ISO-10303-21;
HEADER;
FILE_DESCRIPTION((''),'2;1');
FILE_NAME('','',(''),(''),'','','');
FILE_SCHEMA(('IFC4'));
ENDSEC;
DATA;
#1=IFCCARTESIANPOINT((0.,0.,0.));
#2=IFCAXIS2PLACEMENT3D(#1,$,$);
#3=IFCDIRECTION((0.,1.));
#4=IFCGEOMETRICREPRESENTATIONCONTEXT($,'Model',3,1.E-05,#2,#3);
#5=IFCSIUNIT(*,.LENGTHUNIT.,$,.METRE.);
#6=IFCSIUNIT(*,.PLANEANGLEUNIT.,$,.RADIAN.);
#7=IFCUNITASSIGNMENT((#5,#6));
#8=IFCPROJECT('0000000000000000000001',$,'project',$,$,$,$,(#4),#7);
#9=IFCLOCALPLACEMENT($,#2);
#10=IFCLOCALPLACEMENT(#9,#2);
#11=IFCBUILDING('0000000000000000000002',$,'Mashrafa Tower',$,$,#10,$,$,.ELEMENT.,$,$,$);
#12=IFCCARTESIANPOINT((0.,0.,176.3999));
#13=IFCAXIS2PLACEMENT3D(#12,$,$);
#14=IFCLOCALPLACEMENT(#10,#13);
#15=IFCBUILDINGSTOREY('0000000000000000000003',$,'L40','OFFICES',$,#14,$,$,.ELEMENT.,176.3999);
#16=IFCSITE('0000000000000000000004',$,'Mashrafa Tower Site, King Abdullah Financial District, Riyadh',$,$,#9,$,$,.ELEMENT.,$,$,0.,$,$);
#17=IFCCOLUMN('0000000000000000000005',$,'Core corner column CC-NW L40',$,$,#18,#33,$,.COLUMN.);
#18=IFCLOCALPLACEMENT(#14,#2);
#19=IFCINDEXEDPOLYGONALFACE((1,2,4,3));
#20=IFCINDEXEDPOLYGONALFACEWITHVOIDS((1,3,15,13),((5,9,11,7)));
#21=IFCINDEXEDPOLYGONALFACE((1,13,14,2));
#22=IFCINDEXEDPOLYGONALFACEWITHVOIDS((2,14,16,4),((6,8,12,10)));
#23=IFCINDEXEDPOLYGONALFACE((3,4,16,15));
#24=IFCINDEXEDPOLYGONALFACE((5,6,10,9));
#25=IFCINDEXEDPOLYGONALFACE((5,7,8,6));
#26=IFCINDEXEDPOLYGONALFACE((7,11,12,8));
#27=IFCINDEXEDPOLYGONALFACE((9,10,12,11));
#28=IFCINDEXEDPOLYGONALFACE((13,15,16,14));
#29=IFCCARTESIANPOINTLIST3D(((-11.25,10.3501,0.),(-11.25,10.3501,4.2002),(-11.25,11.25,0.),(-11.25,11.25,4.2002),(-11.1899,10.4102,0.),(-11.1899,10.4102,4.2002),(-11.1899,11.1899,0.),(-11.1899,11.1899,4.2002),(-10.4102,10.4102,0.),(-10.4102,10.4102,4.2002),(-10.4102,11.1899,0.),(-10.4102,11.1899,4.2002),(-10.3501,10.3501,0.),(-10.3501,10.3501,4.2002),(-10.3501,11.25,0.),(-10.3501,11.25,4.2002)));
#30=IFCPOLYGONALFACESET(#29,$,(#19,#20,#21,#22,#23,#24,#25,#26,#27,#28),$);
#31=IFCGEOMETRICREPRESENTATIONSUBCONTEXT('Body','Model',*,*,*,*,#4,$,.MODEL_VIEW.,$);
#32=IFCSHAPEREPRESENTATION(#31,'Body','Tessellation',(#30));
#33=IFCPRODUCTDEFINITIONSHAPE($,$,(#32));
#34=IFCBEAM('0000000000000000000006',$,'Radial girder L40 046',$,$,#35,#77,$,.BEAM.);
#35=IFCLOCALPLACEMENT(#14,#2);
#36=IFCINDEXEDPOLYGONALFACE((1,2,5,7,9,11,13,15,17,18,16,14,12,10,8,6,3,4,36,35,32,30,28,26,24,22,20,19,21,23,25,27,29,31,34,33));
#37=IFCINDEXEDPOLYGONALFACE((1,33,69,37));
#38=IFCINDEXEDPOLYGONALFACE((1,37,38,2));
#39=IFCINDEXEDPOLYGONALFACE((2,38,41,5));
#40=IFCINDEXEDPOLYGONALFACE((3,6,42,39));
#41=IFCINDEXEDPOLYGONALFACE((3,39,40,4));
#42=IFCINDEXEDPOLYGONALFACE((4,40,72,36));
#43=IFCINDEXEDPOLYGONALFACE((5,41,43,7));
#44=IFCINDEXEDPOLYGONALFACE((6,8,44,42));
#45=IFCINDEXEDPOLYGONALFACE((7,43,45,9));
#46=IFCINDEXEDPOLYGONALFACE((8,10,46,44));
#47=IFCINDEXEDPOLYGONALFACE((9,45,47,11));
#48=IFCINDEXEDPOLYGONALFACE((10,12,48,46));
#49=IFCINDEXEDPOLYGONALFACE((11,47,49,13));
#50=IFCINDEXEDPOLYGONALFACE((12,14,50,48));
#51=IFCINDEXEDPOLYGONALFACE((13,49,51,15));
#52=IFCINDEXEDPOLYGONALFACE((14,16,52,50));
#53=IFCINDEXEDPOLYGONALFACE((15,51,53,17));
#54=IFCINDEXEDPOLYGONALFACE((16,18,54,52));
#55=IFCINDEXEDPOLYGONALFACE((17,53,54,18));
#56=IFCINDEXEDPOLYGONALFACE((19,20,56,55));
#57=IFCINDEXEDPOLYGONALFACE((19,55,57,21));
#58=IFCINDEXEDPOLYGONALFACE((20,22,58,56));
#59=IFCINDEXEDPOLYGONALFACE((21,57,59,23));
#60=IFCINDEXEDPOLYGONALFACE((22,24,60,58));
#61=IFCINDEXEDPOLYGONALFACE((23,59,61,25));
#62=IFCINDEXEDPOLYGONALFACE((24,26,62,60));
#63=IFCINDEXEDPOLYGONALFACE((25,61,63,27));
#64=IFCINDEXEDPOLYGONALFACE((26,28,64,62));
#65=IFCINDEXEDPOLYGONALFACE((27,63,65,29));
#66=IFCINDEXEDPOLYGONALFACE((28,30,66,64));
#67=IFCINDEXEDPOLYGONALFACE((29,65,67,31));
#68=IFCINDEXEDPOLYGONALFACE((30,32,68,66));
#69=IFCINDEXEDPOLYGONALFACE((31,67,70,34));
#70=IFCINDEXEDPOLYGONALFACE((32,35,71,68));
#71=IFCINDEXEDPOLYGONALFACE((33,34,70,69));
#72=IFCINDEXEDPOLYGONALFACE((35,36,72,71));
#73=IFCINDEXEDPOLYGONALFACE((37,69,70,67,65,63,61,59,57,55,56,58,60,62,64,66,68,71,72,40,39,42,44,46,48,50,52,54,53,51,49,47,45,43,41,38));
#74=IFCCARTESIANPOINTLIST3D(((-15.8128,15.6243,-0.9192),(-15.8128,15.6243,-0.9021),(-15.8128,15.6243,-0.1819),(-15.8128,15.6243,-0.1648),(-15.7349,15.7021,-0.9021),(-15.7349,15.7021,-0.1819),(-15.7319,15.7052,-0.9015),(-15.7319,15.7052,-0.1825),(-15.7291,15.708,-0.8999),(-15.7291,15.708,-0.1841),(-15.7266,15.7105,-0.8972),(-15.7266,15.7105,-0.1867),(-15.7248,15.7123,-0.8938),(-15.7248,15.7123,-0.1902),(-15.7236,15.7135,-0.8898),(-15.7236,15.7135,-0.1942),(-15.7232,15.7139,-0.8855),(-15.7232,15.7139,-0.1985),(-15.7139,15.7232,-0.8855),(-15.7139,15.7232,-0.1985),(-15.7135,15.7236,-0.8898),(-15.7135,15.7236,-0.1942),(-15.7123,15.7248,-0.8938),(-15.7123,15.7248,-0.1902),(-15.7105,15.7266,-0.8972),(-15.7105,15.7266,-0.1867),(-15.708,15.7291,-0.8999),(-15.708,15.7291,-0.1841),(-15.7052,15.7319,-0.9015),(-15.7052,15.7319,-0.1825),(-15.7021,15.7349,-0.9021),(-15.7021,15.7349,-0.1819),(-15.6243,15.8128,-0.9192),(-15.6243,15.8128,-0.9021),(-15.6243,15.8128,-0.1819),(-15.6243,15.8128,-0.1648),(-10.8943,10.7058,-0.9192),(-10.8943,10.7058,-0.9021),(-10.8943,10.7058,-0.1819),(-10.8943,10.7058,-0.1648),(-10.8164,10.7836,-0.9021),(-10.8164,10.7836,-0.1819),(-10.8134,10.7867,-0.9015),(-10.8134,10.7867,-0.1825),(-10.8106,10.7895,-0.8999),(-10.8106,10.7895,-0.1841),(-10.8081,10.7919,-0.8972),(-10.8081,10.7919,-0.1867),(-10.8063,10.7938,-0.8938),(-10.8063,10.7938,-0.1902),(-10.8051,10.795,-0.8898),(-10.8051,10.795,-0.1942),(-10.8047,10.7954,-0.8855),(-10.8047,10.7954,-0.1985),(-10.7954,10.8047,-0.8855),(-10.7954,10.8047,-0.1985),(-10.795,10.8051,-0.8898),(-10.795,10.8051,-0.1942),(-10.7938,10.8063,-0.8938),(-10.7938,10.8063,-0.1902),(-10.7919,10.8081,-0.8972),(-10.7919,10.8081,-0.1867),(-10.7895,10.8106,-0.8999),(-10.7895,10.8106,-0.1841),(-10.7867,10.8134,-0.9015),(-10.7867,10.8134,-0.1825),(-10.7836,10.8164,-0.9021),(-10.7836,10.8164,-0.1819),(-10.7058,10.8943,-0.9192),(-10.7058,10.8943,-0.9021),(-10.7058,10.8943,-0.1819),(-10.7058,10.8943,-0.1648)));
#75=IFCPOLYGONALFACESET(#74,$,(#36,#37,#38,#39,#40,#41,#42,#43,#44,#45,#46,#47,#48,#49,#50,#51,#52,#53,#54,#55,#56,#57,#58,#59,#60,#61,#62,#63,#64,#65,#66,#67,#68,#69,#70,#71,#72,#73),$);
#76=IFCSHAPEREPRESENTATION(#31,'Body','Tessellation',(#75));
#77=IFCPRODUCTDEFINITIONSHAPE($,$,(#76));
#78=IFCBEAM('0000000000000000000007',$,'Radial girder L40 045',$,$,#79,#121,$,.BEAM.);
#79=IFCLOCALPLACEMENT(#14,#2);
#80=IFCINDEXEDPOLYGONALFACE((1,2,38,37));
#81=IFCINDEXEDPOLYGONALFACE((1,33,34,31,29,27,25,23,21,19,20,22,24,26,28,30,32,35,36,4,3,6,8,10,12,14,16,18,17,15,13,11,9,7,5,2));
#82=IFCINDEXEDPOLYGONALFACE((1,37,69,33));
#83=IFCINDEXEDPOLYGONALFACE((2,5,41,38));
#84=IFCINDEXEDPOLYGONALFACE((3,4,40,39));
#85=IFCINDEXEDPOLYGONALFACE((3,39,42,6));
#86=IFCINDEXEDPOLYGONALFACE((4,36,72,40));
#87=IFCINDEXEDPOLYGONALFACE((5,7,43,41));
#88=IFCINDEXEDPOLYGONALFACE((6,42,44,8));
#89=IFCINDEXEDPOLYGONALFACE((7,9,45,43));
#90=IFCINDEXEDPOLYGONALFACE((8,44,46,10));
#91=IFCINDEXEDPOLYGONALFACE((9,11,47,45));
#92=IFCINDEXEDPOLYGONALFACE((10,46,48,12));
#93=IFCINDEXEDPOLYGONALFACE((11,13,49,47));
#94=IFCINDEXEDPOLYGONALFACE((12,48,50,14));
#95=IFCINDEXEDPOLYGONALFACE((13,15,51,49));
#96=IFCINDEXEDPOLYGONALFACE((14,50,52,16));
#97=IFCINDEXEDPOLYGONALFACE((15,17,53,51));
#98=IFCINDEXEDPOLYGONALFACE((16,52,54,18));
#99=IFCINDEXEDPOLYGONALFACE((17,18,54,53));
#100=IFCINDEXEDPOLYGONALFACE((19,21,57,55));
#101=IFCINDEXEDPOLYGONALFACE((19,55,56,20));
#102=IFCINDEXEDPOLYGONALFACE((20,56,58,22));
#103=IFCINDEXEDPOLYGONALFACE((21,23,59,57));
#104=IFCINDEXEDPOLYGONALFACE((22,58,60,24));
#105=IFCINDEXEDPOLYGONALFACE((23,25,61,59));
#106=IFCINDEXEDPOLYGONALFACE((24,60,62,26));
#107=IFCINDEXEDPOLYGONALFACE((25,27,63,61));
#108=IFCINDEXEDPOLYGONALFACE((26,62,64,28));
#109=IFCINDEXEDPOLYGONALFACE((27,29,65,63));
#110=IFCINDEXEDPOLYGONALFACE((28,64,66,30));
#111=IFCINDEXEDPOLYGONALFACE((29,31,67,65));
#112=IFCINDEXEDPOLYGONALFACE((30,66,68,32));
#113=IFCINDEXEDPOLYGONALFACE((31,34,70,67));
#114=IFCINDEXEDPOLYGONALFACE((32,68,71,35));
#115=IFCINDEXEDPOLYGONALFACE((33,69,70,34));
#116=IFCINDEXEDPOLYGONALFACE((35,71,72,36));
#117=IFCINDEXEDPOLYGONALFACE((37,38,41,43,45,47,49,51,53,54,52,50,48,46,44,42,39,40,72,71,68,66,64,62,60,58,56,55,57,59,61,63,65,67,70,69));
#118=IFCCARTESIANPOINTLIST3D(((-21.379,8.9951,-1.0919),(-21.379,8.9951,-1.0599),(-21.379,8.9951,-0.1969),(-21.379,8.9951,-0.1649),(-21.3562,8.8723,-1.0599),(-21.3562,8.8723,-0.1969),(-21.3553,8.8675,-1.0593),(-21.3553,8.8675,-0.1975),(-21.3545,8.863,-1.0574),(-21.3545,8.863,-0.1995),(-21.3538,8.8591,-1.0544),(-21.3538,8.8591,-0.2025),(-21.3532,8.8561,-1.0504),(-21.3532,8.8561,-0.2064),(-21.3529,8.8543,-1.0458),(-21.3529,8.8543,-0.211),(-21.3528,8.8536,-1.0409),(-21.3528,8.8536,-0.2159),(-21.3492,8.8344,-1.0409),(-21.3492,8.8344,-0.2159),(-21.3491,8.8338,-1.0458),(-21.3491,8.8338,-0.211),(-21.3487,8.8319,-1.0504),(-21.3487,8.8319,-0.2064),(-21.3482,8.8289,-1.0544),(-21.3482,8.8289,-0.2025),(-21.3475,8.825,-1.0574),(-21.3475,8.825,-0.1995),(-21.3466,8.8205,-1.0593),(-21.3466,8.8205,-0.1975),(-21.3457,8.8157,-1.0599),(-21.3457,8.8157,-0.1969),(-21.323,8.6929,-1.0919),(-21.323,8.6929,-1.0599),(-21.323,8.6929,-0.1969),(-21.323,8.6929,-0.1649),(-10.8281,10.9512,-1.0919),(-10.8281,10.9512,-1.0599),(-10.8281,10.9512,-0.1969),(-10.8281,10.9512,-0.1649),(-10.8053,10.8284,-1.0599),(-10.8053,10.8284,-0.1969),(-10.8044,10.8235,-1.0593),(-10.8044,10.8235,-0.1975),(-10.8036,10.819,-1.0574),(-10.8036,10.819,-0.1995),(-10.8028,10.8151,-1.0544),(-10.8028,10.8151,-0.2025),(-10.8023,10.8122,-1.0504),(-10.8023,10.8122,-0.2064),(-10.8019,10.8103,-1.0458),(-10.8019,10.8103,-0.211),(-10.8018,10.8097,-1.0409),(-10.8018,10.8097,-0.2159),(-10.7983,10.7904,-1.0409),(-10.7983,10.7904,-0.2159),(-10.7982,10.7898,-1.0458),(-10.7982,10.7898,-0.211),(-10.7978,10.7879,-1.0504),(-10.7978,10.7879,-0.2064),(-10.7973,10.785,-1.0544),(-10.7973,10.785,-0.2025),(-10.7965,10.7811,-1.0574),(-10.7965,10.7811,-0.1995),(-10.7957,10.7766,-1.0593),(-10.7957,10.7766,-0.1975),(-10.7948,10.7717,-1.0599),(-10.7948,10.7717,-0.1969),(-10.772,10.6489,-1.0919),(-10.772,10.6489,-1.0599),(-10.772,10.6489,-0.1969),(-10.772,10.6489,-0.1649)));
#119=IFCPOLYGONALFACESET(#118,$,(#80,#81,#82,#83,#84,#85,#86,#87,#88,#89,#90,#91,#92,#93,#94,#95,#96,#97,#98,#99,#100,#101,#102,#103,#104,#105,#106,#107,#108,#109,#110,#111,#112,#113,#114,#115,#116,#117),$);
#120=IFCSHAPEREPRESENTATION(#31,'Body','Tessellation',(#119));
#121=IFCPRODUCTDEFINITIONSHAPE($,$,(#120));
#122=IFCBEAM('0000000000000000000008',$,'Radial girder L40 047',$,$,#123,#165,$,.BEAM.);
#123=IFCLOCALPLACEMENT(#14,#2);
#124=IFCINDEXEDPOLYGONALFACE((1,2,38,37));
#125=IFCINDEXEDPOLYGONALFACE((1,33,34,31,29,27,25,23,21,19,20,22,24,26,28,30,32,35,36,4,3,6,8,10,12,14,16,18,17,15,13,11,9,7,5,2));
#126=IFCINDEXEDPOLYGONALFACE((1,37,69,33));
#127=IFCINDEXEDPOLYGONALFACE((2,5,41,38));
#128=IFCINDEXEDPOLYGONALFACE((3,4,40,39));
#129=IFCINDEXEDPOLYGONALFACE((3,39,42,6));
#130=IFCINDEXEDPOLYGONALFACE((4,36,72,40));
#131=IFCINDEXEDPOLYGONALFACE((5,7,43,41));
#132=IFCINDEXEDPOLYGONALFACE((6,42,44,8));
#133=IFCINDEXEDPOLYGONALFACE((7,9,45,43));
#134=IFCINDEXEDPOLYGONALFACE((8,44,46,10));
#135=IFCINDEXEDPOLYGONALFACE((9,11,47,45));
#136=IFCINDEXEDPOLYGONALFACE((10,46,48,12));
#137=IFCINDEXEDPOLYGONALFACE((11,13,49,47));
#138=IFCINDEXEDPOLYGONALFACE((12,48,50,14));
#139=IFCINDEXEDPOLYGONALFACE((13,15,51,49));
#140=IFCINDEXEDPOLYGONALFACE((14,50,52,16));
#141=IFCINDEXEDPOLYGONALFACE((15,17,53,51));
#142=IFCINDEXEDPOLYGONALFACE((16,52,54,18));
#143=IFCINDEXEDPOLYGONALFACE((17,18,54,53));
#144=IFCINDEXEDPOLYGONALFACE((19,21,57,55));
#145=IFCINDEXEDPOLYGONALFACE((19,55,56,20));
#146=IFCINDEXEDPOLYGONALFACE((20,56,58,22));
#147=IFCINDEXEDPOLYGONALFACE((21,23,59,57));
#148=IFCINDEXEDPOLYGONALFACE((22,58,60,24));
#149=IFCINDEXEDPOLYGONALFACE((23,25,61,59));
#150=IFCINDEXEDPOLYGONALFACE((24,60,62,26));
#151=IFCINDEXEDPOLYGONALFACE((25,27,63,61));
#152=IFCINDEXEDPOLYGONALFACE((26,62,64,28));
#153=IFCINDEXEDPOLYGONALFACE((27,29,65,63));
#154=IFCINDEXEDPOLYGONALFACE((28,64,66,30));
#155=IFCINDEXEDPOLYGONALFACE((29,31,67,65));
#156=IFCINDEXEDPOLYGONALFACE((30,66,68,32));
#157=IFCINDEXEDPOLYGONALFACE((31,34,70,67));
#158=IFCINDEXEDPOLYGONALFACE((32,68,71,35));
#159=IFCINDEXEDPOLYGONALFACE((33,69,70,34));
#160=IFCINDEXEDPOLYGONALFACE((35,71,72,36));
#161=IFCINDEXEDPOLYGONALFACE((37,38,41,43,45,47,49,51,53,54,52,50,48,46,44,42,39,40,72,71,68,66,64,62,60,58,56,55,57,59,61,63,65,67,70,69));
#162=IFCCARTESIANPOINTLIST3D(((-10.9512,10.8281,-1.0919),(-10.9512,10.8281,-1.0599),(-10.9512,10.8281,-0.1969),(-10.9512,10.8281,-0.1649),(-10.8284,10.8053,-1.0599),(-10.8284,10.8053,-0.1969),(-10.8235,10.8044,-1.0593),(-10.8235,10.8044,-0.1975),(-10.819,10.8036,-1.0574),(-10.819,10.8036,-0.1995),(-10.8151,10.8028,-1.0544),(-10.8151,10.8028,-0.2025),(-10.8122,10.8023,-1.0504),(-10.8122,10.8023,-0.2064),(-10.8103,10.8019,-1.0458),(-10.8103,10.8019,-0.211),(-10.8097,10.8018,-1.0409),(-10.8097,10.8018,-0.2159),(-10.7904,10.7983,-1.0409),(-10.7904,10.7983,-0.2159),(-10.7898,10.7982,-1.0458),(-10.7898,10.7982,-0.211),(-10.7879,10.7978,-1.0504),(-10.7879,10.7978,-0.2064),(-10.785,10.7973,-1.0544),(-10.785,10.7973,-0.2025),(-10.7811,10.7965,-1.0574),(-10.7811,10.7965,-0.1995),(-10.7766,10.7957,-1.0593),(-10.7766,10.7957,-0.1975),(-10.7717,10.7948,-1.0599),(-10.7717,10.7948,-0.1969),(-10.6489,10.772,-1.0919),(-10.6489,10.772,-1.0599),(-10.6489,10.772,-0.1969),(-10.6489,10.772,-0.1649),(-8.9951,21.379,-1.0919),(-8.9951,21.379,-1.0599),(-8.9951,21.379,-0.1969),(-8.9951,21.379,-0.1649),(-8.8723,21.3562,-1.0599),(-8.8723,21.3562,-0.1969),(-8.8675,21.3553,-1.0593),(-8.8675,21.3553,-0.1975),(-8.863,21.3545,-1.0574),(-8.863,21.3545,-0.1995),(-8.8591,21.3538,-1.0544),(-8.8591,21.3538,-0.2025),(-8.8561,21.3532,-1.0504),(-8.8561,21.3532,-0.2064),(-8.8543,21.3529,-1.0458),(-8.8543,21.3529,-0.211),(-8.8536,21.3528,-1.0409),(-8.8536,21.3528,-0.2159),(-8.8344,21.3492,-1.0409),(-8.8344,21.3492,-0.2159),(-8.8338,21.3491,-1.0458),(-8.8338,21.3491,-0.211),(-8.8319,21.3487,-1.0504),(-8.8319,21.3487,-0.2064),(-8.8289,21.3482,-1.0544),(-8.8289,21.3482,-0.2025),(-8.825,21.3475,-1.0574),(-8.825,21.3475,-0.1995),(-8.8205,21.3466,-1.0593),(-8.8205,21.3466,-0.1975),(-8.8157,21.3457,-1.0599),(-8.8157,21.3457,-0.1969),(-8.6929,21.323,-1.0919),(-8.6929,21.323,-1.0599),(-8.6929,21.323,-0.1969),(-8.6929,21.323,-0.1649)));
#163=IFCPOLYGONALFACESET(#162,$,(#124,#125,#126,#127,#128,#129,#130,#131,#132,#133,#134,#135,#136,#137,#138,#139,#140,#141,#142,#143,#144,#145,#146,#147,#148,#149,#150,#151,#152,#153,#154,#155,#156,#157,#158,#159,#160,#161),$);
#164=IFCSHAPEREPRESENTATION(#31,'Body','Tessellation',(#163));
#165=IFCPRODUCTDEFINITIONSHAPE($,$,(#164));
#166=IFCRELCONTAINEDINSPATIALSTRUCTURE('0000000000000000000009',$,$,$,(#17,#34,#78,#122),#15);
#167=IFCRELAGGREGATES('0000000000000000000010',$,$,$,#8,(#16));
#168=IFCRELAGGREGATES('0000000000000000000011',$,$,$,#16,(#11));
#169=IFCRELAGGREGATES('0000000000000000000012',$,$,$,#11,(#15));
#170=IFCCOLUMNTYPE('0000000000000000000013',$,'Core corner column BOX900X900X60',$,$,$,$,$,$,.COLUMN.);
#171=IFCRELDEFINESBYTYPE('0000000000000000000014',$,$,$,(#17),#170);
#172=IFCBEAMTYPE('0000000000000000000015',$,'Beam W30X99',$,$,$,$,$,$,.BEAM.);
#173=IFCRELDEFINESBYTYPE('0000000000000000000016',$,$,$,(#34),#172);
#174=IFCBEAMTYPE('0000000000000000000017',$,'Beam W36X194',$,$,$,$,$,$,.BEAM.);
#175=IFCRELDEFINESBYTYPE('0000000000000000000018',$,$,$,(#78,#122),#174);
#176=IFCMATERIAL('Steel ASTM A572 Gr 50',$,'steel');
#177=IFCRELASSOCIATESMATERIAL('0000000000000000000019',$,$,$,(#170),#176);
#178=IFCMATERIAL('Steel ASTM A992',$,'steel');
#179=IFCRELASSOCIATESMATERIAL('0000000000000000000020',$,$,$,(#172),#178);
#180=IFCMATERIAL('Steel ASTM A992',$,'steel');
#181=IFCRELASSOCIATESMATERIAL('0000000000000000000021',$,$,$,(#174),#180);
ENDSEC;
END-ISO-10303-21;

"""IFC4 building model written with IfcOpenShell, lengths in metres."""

from ifc_helpers import new_model, si_unit, direction, frame, origin, origin_2d, place, context, subcontext, project, spatial, hollow_rectangle, i_section, extrude, material, material_profile, profile_set, type_object, element, save


model = new_model("IFC4")

# Units and contexts
model_context = context("Model", 3, precision=1e-05, world=origin(), true_north=direction((0.0, 1.0)))
body_context = subcontext(model_context, "Body", "Model", "MODEL_VIEW")
ifc_project = project(units=[si_unit("LENGTHUNIT", "METRE"), si_unit("PLANEANGLEUNIT", "RADIAN")], contexts=[model_context])

# Site, building, storey
site_placement = place(None, origin())
site = spatial("IfcSite", under=ifc_project, at=site_placement, Name="Mashrafa Tower Site, King Abdullah Financial District, Riyadh", CompositionType="ELEMENT", RefElevation=0.0)
building_placement = place(site_placement, origin())
building = spatial("IfcBuilding", under=site, at=building_placement, Name="Mashrafa Tower", CompositionType="ELEMENT")
storey_placement = place(building_placement, frame((0.0, 0.0, 176.3999)))
storey = spatial("IfcBuildingStorey", under=building, at=storey_placement, Name="L40", Description="OFFICES", CompositionType="ELEMENT", Elevation=176.3999)

# Column
ifc_material_1 = material(Name="Steel ASTM A572 Gr 50", Category="steel")
ifc_material_profile_1 = material_profile(ifc_material_1, hollow_rectangle(XDim=0.8999, YDim=0.8999, WallThickness=0.0601, at=origin_2d()), Name="BOX900X900X60")
ifc_profile_set_1 = profile_set([ifc_material_profile_1], Name="Steel ASTM A572 Gr 50")
column_type = type_object("IfcColumnType", Name="Core corner column BOX900X900X60", PredefinedType="COLUMN", material=ifc_profile_set_1)
column_placement = place(storey_placement, frame((-10.8, 10.8, 0.0), z_axis=(0.0, 0.0, 1.0), x_axis=(1.0, 0.0, 0.0)))
element("IfcColumn", 1, at=column_placement, inside=storey, type_object=column_type, Name="Core corner column CC-NW L40", PredefinedType="COLUMN", context=body_context, shape_type="SweptSolid", body=[
    extrude(hollow_rectangle(XDim=0.8999, YDim=0.8999, WallThickness=0.0601, at=origin_2d()), origin(), (0.0, 0.0, 1.0), 4.2002),
])

# Beams
ifc_material_2 = material(Name="Steel ASTM A992", Category="steel")
ifc_material_profile_2 = material_profile(ifc_material_2, i_section(OverallWidth=0.2666, OverallDepth=0.7544, WebThickness=0.0132, FlangeThickness=0.0171, FilletRadius=0.0166, at=origin_2d()), Name="W30X99")
ifc_profile_set_2 = profile_set([ifc_material_profile_2], Name="Steel ASTM A992")
beam_type_1 = type_object("IfcBeamType", Name="Beam W30X99", PredefinedType="BEAM", material=ifc_profile_set_2)
beam_1_placement = place(storey_placement, frame((-10.8, 10.8, -0.542), z_axis=(-0.707107, 0.707107, 0.0), x_axis=(-0.707107, -0.707107, 0.0)))
element("IfcBeam", 2, at=beam_1_placement, inside=storey, type_object=beam_type_1, Name="Radial girder L40 046", PredefinedType="BEAM", context=body_context, shape_type="SweptSolid", body=[
    extrude(i_section(OverallWidth=0.2666, OverallDepth=0.7544, WebThickness=0.0132, FlangeThickness=0.0171, FilletRadius=0.0166, at=origin_2d()), origin(), (0.0, 0.0, 1.0), 6.9558),
])
ifc_material_3 = material(Name="Steel ASTM A992", Category="steel")
ifc_material_profile_3 = material_profile(ifc_material_3, i_section(OverallWidth=0.3074, OverallDepth=0.927, WebThickness=0.0195, FlangeThickness=0.032, FilletRadius=0.019, at=origin_2d()), Name="W36X194")
ifc_profile_set_3 = profile_set([ifc_material_profile_3], Name="Steel ASTM A992")
beam_type_2 = type_object("IfcBeamType", Name="Beam W36X194", PredefinedType="BEAM", material=ifc_profile_set_3)
for number, where, z_axis, x_axis, name in (
    (3, (-10.8, 10.8, -0.6284), (-0.983246, -0.182284, 0.0), (0.182284, -0.983246, 0.0), "Radial girder L40 045"),
    (4, (-10.8, 10.8, -0.6284), (0.182284, 0.983246, 0.0), (-0.983246, 0.182284, 0.0), "Radial girder L40 047"),
):
    element("IfcBeam", number, at=place(storey_placement, frame(where, z_axis=z_axis, x_axis=x_axis)), inside=storey, type_object=beam_type_2, Name=name, PredefinedType="BEAM", context=body_context, shape_type="SweptSolid", body=[
        extrude(i_section(OverallWidth=0.3074, OverallDepth=0.927, WebThickness=0.0195, FlangeThickness=0.032, FilletRadius=0.019, at=origin_2d()), origin(), (0.0, 0.0, 1.0), 10.7307),
    ])

save(model, "model.ifc")
